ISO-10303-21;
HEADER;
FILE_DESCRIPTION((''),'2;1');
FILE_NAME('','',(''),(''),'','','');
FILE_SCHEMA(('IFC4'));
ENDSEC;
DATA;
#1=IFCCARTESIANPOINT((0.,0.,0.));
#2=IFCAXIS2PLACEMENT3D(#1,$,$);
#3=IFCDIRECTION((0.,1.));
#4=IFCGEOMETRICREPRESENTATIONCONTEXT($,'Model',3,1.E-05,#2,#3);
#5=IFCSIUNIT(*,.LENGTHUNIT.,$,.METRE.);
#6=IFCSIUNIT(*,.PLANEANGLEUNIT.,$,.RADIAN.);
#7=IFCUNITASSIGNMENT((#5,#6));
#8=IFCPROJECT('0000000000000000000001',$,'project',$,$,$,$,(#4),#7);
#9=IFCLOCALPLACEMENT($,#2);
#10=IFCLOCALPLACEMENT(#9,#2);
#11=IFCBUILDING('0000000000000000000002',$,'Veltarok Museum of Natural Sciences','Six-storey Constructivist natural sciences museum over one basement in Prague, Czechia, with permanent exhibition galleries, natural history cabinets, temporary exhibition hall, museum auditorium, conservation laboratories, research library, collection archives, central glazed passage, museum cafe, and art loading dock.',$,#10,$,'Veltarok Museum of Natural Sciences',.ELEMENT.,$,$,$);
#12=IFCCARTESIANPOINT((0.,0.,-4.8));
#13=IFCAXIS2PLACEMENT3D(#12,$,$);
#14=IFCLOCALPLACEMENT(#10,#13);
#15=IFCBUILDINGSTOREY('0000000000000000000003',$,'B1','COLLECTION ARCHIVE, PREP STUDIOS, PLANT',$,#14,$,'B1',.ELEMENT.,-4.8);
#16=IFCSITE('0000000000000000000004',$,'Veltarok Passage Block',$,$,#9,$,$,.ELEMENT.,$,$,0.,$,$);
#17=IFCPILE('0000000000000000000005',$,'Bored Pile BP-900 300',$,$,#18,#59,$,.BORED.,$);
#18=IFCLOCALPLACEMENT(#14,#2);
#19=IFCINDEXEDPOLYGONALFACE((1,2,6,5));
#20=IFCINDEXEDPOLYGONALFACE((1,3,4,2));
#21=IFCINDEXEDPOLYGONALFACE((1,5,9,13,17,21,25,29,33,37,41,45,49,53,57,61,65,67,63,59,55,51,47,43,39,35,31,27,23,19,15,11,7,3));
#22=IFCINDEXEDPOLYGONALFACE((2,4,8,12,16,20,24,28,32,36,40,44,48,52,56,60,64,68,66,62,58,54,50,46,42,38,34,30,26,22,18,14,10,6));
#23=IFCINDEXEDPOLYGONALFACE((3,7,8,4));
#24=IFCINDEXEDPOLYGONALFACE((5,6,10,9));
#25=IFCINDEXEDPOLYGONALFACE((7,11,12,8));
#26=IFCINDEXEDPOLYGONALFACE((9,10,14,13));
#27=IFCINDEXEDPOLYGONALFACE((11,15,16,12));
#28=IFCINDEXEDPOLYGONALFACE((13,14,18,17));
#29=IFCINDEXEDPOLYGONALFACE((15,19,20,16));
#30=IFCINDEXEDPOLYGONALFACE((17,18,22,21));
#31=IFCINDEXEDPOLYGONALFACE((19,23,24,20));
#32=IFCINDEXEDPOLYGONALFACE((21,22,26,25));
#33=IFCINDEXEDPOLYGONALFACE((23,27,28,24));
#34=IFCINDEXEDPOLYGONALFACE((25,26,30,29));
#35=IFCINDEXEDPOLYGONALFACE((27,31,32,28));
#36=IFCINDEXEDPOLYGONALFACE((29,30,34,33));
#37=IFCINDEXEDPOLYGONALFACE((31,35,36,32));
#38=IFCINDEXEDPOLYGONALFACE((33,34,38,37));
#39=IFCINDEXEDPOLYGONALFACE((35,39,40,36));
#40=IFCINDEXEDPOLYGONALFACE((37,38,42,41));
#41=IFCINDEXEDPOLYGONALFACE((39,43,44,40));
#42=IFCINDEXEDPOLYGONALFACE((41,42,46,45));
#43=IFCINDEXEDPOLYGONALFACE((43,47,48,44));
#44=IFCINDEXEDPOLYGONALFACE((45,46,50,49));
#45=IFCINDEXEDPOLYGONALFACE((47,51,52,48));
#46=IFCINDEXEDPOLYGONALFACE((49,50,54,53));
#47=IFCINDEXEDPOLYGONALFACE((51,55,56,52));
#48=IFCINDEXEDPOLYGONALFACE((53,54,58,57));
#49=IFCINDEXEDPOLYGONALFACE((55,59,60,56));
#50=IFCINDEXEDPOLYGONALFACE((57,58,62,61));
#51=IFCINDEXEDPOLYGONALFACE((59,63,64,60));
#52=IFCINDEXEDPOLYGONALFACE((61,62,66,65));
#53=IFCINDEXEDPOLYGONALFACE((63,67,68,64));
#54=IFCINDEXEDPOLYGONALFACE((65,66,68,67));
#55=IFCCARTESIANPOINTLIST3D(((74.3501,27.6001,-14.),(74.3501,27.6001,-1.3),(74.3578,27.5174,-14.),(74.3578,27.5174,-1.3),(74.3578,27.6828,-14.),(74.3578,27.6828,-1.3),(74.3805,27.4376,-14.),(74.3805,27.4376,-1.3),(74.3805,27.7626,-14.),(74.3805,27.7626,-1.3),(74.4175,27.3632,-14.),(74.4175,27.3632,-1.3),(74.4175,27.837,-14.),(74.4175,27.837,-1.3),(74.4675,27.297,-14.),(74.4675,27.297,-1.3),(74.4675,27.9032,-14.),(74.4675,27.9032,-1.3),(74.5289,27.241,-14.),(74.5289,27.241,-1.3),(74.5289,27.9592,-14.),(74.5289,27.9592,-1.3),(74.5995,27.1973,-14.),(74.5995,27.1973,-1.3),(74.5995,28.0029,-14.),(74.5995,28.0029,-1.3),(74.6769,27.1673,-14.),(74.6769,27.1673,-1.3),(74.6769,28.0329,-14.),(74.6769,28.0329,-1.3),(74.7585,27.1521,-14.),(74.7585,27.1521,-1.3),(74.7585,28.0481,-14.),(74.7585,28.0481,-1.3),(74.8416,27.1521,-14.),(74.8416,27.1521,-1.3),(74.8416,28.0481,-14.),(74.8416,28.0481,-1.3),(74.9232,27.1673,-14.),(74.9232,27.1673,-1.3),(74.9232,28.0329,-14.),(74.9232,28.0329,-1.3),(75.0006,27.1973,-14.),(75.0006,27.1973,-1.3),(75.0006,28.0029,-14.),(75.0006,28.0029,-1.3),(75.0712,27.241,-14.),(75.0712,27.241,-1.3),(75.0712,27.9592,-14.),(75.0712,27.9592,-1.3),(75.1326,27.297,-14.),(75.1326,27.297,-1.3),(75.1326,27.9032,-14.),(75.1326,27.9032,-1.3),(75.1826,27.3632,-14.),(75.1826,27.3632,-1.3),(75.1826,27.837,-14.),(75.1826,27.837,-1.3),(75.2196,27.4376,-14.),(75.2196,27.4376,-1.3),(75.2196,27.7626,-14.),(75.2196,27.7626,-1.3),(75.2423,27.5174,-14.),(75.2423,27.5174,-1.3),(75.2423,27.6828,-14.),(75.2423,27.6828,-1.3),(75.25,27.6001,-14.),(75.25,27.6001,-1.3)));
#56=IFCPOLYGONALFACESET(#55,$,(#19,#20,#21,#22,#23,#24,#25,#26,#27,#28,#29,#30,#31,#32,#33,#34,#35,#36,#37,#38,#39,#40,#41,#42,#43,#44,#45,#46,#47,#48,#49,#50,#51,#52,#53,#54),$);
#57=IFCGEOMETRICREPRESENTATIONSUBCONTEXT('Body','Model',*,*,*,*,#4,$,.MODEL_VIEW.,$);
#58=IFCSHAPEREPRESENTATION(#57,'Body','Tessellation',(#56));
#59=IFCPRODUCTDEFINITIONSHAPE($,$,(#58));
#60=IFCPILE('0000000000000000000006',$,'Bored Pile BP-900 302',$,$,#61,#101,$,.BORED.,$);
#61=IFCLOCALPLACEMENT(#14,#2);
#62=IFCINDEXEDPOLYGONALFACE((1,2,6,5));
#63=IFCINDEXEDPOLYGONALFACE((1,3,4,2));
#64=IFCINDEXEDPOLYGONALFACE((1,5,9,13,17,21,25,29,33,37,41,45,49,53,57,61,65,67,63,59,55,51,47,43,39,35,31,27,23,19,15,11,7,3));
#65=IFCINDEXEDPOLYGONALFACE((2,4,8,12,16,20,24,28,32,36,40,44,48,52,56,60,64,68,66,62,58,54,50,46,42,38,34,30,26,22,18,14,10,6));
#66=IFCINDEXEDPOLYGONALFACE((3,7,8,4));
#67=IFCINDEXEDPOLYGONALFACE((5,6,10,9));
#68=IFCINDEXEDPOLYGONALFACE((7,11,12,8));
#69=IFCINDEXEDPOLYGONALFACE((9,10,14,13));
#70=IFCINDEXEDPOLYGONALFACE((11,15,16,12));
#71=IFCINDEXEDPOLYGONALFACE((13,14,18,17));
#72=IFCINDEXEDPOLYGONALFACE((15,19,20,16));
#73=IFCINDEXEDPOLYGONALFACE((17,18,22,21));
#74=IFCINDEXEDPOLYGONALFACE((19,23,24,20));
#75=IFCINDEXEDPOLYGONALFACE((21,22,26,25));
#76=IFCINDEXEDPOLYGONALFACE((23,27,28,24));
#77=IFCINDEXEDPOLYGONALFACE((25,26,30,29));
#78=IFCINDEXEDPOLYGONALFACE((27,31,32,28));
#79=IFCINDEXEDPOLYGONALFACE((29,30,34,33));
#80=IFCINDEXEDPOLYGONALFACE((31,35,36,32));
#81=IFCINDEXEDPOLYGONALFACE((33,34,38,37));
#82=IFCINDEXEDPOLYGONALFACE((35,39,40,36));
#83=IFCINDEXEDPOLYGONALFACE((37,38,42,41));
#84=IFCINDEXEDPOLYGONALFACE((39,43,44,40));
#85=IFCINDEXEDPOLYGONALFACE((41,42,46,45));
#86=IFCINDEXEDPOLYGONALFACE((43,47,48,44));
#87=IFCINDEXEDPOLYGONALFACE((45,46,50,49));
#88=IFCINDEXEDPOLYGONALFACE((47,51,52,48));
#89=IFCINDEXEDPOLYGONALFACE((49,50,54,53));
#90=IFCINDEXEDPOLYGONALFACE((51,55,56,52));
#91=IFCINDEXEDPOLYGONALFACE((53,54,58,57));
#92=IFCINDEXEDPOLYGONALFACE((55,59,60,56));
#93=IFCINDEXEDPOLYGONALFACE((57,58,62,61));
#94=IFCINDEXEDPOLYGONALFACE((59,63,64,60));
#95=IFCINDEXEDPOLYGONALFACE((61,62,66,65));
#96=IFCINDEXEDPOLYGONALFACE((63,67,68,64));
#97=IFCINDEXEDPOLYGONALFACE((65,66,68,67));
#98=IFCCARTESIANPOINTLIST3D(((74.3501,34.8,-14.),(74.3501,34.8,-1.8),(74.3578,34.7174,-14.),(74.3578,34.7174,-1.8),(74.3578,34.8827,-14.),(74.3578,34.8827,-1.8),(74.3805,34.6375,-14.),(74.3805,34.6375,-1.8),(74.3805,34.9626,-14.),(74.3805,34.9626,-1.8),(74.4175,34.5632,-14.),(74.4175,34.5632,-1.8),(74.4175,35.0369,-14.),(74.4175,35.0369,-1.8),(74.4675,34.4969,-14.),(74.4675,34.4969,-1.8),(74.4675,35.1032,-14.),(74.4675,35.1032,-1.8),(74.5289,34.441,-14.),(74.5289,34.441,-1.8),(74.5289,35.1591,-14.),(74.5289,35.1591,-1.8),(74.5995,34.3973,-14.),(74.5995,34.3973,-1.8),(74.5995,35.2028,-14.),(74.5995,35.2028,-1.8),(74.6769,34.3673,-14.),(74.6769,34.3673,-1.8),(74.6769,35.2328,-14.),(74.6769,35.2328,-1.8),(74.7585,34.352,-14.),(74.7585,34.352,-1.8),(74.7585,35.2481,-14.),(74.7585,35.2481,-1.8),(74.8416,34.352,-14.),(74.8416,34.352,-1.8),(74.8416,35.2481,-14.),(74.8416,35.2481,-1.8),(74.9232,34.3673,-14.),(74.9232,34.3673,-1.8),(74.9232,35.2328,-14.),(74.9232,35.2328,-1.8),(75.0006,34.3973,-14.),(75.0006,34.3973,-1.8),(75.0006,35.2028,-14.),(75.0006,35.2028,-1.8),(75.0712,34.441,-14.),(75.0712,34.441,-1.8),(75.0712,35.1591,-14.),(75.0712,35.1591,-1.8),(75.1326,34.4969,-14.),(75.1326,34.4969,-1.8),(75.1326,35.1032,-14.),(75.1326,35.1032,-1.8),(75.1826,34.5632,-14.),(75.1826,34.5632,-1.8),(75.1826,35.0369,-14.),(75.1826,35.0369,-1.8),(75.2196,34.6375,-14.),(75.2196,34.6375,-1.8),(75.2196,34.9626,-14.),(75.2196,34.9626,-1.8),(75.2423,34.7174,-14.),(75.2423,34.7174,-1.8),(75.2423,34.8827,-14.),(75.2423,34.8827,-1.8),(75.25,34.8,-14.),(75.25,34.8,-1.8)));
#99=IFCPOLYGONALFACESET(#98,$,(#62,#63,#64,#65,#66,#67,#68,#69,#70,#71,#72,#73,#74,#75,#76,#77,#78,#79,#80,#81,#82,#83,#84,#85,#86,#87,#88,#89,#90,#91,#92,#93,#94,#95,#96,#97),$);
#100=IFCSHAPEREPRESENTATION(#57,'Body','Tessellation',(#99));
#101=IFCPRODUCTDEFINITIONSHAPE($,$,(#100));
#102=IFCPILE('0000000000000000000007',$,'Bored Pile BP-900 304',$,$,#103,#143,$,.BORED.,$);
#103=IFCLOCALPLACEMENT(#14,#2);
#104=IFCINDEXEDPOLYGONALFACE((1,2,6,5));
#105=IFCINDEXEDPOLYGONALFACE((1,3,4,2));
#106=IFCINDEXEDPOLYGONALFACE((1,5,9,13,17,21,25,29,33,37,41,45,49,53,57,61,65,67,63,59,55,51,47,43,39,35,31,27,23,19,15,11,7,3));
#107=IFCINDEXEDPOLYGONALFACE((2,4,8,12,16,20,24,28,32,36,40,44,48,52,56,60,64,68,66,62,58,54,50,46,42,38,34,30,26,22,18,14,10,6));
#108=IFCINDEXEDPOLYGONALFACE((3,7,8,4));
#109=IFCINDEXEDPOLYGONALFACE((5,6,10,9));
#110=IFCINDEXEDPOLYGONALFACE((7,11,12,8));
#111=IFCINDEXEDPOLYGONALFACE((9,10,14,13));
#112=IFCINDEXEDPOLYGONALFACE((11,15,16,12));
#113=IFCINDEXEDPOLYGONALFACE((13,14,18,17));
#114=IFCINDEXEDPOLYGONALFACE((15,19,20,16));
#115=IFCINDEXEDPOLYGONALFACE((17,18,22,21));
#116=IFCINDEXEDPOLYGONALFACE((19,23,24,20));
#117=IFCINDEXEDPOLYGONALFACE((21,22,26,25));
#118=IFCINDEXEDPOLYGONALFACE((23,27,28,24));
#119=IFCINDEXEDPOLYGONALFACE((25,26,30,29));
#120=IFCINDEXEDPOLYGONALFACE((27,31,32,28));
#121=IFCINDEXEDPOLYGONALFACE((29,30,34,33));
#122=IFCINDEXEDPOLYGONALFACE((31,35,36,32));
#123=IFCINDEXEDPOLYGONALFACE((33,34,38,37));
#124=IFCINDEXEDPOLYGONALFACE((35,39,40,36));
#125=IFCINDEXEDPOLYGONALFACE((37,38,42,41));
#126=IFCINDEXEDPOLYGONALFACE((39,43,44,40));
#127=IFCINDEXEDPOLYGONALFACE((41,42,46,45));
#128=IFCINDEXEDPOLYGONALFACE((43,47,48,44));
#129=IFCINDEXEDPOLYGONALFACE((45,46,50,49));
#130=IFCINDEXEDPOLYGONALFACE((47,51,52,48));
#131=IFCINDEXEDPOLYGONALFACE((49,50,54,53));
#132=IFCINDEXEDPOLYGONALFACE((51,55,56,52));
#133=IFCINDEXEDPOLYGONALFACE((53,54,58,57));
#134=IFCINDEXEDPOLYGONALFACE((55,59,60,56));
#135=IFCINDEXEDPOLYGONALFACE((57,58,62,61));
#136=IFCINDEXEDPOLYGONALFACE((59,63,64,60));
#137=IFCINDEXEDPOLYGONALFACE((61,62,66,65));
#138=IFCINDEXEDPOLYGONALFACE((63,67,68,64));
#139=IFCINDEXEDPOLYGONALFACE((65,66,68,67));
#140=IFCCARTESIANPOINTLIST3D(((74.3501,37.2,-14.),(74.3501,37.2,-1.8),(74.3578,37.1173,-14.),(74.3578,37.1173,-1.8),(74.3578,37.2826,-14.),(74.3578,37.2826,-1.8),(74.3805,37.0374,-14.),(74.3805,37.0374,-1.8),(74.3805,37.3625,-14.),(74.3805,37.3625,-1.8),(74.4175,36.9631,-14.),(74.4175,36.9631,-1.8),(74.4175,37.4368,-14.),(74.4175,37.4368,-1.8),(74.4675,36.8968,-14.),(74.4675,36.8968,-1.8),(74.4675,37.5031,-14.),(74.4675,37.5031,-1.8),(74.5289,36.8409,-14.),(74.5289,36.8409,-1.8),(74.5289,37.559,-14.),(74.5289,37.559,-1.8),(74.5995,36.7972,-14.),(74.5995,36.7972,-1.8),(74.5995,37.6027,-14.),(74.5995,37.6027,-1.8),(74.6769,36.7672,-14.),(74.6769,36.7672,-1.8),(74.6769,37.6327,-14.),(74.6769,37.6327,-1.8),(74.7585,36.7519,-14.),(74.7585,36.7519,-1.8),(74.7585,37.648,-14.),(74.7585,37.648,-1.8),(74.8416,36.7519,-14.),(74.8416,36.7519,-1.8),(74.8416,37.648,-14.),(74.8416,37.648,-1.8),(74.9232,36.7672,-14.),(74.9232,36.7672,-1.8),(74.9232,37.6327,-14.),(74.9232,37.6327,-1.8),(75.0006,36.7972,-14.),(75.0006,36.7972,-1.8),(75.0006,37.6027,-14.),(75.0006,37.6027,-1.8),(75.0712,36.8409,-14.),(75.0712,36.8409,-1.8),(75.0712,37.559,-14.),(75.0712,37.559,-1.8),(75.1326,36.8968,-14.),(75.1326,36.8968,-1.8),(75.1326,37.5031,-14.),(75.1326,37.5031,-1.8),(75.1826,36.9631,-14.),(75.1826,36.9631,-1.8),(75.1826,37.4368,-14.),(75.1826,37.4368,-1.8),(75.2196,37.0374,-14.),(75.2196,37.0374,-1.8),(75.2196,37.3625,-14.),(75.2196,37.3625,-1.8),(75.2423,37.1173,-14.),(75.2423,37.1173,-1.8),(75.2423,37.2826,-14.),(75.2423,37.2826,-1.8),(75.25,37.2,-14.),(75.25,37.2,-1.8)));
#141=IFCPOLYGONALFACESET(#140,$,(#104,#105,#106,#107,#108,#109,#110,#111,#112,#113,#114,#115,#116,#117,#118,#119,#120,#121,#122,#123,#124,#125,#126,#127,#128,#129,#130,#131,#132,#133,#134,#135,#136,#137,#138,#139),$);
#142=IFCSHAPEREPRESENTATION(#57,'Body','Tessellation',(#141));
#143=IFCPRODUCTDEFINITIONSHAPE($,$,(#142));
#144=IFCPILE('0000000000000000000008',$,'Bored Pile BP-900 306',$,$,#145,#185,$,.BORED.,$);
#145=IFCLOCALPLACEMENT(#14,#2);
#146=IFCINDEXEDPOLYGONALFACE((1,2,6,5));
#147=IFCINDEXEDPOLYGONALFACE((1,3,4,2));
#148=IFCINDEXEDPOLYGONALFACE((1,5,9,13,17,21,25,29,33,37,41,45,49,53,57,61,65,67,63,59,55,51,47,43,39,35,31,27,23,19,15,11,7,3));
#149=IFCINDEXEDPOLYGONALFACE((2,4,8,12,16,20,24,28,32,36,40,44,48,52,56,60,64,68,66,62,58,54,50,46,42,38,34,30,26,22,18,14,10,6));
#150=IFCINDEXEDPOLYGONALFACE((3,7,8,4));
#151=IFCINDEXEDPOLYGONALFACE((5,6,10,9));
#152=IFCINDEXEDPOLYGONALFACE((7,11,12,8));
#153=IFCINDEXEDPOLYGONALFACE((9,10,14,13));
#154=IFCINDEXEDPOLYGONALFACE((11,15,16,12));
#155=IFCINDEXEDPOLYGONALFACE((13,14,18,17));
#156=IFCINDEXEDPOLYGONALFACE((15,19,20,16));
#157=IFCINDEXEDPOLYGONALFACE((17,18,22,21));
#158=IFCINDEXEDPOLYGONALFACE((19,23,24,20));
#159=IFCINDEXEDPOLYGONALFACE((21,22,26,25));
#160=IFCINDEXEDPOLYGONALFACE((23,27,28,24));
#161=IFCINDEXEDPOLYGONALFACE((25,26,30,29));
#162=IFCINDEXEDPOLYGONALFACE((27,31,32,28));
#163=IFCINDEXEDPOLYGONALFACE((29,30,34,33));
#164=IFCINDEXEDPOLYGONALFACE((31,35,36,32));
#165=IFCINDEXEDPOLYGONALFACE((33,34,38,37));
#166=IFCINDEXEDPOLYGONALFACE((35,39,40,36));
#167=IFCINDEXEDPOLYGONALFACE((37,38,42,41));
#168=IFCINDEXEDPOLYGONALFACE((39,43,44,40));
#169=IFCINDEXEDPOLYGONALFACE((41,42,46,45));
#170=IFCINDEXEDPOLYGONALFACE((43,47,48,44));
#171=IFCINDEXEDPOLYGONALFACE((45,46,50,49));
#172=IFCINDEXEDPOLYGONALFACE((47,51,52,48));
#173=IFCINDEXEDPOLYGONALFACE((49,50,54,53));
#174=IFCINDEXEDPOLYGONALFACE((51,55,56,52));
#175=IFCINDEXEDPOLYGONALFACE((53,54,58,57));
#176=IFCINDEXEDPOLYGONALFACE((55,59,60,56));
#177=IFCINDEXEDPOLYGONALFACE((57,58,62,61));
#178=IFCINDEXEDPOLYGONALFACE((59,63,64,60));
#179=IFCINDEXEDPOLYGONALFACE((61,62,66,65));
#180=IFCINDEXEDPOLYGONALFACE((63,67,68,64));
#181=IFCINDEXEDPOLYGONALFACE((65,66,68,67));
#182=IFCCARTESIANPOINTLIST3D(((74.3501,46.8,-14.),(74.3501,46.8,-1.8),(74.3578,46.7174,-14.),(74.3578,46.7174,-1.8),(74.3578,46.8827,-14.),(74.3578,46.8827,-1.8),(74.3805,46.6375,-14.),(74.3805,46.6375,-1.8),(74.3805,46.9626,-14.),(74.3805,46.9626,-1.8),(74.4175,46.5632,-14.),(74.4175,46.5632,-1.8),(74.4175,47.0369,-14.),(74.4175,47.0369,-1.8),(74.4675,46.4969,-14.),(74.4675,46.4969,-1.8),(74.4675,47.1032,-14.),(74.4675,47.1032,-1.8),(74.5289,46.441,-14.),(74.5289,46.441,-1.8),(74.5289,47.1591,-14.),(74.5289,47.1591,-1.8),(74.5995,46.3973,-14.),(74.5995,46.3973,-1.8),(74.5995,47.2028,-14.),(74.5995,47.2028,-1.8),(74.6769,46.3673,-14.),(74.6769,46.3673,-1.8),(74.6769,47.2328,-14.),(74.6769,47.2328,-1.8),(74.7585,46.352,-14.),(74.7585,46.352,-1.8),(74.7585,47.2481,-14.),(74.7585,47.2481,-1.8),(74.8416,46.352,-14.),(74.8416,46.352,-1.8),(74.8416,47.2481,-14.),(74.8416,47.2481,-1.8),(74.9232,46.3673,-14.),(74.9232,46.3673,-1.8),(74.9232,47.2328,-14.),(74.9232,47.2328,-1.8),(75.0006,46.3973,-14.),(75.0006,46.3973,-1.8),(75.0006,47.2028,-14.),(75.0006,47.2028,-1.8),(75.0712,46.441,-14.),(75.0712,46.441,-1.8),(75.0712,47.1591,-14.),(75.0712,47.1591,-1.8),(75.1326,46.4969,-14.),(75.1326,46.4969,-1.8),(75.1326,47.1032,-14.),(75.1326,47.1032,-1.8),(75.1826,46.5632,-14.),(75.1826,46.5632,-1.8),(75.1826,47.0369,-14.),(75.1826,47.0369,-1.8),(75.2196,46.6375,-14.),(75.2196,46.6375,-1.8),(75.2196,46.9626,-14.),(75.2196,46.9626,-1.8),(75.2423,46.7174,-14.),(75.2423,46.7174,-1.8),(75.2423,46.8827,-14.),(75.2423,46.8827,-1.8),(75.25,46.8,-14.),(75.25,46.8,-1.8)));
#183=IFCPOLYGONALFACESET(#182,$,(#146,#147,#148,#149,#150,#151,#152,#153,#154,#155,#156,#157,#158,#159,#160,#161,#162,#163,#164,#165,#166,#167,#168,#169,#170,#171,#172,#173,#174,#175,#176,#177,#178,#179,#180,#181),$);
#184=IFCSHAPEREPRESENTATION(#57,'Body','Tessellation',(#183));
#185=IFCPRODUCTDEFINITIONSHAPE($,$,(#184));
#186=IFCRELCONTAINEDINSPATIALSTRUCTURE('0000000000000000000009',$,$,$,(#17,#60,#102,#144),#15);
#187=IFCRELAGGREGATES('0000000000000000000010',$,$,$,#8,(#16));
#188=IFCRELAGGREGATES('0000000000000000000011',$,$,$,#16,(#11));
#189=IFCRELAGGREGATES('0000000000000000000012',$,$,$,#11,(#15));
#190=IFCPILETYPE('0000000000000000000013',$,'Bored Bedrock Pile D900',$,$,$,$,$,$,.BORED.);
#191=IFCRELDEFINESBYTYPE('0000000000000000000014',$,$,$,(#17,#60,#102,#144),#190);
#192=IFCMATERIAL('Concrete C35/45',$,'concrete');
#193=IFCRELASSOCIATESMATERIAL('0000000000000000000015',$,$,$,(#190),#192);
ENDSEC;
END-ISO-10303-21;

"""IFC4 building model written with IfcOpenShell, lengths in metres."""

from ifc_helpers import new_model, si_unit, direction, frame, origin, origin_2d, place, context, subcontext, project, spatial, circle, extrude, material, material_profile, profile_set, type_object, element, save


model = new_model("IFC4")

# Units and contexts
model_context = context("Model", 3, precision=1e-05, world=origin(), true_north=direction((0.0, 1.0)))
body_context = subcontext(model_context, "Body", "Model", "MODEL_VIEW")
ifc_project = project(units=[si_unit("LENGTHUNIT", "METRE"), si_unit("PLANEANGLEUNIT", "RADIAN")], contexts=[model_context])

# Site, building, storey
site_placement = place(None, origin())
site = spatial("IfcSite", under=ifc_project, at=site_placement, Name="Veltarok Passage Block", CompositionType="ELEMENT", RefElevation=0.0)
building_placement = place(site_placement, origin())
building = spatial("IfcBuilding", under=site, at=building_placement, Name="Veltarok Museum of Natural Sciences", Description="Six-storey Constructivist natural sciences museum over one basement in Prague, Czechia, with permanent exhibition galleries, natural history cabinets, temporary exhibition hall, museum auditorium, conservation laboratories, research library, collection archives, central glazed passage, museum cafe, and art loading dock.", LongName="Veltarok Museum of Natural Sciences", CompositionType="ELEMENT")
storey_placement = place(building_placement, frame((0.0, 0.0, -4.8)))
storey = spatial("IfcBuildingStorey", under=building, at=storey_placement, Name="B1", Description="COLLECTION ARCHIVE, PREP STUDIOS, PLANT", LongName="B1", CompositionType="ELEMENT", Elevation=-4.8)

# Piles
ifc_material_1 = material(Name="Concrete C35/45", Category="concrete")
ifc_material_profile_1 = material_profile(ifc_material_1, circle(Radius=0.45, at=origin_2d()), Name="BP D900")
ifc_profile_set_1 = profile_set([ifc_material_profile_1], Name="Concrete C35/45")
pile_type = type_object("IfcPileType", Name="Bored Bedrock Pile D900", PredefinedType="BORED", material=ifc_profile_set_1)
pile_placement = place(storey_placement, frame((74.8, 27.6001, -1.3), z_axis=(0.0, 0.0, -1.0), x_axis=(1.0, 0.0, 0.0)))
element("IfcPile", 1, at=pile_placement, inside=storey, type_object=pile_type, Name="Bored Pile BP-900 300", PredefinedType="BORED", context=body_context, shape_type="SweptSolid", body=[
    extrude(circle(Radius=0.45, at=origin_2d()), origin(), (0.0, 0.0, 1.0), 12.7),
])
for number, where, z_axis, x_axis, name in (
    (2, (74.8, 34.8, -1.8), (0.0, 0.0, -1.0), (1.0, 0.0, 0.0), "Bored Pile BP-900 302"),
    (3, (74.8, 37.2, -1.8), (0.0, 0.0, -1.0), (1.0, 0.0, 0.0), "Bored Pile BP-900 304"),
    (4, (74.8, 46.8, -1.8), (0.0, 0.0, -1.0), (1.0, 0.0, 0.0), "Bored Pile BP-900 306"),
):
    element("IfcPile", number, at=place(storey_placement, frame(where, z_axis=z_axis, x_axis=x_axis)), inside=storey, type_object=pile_type, Name=name, PredefinedType="BORED", context=body_context, shape_type="SweptSolid", body=[
        extrude(circle(Radius=0.45, at=origin_2d()), origin(), (0.0, 0.0, 1.0), 12.2),
    ])

save(model, "model.ifc")
